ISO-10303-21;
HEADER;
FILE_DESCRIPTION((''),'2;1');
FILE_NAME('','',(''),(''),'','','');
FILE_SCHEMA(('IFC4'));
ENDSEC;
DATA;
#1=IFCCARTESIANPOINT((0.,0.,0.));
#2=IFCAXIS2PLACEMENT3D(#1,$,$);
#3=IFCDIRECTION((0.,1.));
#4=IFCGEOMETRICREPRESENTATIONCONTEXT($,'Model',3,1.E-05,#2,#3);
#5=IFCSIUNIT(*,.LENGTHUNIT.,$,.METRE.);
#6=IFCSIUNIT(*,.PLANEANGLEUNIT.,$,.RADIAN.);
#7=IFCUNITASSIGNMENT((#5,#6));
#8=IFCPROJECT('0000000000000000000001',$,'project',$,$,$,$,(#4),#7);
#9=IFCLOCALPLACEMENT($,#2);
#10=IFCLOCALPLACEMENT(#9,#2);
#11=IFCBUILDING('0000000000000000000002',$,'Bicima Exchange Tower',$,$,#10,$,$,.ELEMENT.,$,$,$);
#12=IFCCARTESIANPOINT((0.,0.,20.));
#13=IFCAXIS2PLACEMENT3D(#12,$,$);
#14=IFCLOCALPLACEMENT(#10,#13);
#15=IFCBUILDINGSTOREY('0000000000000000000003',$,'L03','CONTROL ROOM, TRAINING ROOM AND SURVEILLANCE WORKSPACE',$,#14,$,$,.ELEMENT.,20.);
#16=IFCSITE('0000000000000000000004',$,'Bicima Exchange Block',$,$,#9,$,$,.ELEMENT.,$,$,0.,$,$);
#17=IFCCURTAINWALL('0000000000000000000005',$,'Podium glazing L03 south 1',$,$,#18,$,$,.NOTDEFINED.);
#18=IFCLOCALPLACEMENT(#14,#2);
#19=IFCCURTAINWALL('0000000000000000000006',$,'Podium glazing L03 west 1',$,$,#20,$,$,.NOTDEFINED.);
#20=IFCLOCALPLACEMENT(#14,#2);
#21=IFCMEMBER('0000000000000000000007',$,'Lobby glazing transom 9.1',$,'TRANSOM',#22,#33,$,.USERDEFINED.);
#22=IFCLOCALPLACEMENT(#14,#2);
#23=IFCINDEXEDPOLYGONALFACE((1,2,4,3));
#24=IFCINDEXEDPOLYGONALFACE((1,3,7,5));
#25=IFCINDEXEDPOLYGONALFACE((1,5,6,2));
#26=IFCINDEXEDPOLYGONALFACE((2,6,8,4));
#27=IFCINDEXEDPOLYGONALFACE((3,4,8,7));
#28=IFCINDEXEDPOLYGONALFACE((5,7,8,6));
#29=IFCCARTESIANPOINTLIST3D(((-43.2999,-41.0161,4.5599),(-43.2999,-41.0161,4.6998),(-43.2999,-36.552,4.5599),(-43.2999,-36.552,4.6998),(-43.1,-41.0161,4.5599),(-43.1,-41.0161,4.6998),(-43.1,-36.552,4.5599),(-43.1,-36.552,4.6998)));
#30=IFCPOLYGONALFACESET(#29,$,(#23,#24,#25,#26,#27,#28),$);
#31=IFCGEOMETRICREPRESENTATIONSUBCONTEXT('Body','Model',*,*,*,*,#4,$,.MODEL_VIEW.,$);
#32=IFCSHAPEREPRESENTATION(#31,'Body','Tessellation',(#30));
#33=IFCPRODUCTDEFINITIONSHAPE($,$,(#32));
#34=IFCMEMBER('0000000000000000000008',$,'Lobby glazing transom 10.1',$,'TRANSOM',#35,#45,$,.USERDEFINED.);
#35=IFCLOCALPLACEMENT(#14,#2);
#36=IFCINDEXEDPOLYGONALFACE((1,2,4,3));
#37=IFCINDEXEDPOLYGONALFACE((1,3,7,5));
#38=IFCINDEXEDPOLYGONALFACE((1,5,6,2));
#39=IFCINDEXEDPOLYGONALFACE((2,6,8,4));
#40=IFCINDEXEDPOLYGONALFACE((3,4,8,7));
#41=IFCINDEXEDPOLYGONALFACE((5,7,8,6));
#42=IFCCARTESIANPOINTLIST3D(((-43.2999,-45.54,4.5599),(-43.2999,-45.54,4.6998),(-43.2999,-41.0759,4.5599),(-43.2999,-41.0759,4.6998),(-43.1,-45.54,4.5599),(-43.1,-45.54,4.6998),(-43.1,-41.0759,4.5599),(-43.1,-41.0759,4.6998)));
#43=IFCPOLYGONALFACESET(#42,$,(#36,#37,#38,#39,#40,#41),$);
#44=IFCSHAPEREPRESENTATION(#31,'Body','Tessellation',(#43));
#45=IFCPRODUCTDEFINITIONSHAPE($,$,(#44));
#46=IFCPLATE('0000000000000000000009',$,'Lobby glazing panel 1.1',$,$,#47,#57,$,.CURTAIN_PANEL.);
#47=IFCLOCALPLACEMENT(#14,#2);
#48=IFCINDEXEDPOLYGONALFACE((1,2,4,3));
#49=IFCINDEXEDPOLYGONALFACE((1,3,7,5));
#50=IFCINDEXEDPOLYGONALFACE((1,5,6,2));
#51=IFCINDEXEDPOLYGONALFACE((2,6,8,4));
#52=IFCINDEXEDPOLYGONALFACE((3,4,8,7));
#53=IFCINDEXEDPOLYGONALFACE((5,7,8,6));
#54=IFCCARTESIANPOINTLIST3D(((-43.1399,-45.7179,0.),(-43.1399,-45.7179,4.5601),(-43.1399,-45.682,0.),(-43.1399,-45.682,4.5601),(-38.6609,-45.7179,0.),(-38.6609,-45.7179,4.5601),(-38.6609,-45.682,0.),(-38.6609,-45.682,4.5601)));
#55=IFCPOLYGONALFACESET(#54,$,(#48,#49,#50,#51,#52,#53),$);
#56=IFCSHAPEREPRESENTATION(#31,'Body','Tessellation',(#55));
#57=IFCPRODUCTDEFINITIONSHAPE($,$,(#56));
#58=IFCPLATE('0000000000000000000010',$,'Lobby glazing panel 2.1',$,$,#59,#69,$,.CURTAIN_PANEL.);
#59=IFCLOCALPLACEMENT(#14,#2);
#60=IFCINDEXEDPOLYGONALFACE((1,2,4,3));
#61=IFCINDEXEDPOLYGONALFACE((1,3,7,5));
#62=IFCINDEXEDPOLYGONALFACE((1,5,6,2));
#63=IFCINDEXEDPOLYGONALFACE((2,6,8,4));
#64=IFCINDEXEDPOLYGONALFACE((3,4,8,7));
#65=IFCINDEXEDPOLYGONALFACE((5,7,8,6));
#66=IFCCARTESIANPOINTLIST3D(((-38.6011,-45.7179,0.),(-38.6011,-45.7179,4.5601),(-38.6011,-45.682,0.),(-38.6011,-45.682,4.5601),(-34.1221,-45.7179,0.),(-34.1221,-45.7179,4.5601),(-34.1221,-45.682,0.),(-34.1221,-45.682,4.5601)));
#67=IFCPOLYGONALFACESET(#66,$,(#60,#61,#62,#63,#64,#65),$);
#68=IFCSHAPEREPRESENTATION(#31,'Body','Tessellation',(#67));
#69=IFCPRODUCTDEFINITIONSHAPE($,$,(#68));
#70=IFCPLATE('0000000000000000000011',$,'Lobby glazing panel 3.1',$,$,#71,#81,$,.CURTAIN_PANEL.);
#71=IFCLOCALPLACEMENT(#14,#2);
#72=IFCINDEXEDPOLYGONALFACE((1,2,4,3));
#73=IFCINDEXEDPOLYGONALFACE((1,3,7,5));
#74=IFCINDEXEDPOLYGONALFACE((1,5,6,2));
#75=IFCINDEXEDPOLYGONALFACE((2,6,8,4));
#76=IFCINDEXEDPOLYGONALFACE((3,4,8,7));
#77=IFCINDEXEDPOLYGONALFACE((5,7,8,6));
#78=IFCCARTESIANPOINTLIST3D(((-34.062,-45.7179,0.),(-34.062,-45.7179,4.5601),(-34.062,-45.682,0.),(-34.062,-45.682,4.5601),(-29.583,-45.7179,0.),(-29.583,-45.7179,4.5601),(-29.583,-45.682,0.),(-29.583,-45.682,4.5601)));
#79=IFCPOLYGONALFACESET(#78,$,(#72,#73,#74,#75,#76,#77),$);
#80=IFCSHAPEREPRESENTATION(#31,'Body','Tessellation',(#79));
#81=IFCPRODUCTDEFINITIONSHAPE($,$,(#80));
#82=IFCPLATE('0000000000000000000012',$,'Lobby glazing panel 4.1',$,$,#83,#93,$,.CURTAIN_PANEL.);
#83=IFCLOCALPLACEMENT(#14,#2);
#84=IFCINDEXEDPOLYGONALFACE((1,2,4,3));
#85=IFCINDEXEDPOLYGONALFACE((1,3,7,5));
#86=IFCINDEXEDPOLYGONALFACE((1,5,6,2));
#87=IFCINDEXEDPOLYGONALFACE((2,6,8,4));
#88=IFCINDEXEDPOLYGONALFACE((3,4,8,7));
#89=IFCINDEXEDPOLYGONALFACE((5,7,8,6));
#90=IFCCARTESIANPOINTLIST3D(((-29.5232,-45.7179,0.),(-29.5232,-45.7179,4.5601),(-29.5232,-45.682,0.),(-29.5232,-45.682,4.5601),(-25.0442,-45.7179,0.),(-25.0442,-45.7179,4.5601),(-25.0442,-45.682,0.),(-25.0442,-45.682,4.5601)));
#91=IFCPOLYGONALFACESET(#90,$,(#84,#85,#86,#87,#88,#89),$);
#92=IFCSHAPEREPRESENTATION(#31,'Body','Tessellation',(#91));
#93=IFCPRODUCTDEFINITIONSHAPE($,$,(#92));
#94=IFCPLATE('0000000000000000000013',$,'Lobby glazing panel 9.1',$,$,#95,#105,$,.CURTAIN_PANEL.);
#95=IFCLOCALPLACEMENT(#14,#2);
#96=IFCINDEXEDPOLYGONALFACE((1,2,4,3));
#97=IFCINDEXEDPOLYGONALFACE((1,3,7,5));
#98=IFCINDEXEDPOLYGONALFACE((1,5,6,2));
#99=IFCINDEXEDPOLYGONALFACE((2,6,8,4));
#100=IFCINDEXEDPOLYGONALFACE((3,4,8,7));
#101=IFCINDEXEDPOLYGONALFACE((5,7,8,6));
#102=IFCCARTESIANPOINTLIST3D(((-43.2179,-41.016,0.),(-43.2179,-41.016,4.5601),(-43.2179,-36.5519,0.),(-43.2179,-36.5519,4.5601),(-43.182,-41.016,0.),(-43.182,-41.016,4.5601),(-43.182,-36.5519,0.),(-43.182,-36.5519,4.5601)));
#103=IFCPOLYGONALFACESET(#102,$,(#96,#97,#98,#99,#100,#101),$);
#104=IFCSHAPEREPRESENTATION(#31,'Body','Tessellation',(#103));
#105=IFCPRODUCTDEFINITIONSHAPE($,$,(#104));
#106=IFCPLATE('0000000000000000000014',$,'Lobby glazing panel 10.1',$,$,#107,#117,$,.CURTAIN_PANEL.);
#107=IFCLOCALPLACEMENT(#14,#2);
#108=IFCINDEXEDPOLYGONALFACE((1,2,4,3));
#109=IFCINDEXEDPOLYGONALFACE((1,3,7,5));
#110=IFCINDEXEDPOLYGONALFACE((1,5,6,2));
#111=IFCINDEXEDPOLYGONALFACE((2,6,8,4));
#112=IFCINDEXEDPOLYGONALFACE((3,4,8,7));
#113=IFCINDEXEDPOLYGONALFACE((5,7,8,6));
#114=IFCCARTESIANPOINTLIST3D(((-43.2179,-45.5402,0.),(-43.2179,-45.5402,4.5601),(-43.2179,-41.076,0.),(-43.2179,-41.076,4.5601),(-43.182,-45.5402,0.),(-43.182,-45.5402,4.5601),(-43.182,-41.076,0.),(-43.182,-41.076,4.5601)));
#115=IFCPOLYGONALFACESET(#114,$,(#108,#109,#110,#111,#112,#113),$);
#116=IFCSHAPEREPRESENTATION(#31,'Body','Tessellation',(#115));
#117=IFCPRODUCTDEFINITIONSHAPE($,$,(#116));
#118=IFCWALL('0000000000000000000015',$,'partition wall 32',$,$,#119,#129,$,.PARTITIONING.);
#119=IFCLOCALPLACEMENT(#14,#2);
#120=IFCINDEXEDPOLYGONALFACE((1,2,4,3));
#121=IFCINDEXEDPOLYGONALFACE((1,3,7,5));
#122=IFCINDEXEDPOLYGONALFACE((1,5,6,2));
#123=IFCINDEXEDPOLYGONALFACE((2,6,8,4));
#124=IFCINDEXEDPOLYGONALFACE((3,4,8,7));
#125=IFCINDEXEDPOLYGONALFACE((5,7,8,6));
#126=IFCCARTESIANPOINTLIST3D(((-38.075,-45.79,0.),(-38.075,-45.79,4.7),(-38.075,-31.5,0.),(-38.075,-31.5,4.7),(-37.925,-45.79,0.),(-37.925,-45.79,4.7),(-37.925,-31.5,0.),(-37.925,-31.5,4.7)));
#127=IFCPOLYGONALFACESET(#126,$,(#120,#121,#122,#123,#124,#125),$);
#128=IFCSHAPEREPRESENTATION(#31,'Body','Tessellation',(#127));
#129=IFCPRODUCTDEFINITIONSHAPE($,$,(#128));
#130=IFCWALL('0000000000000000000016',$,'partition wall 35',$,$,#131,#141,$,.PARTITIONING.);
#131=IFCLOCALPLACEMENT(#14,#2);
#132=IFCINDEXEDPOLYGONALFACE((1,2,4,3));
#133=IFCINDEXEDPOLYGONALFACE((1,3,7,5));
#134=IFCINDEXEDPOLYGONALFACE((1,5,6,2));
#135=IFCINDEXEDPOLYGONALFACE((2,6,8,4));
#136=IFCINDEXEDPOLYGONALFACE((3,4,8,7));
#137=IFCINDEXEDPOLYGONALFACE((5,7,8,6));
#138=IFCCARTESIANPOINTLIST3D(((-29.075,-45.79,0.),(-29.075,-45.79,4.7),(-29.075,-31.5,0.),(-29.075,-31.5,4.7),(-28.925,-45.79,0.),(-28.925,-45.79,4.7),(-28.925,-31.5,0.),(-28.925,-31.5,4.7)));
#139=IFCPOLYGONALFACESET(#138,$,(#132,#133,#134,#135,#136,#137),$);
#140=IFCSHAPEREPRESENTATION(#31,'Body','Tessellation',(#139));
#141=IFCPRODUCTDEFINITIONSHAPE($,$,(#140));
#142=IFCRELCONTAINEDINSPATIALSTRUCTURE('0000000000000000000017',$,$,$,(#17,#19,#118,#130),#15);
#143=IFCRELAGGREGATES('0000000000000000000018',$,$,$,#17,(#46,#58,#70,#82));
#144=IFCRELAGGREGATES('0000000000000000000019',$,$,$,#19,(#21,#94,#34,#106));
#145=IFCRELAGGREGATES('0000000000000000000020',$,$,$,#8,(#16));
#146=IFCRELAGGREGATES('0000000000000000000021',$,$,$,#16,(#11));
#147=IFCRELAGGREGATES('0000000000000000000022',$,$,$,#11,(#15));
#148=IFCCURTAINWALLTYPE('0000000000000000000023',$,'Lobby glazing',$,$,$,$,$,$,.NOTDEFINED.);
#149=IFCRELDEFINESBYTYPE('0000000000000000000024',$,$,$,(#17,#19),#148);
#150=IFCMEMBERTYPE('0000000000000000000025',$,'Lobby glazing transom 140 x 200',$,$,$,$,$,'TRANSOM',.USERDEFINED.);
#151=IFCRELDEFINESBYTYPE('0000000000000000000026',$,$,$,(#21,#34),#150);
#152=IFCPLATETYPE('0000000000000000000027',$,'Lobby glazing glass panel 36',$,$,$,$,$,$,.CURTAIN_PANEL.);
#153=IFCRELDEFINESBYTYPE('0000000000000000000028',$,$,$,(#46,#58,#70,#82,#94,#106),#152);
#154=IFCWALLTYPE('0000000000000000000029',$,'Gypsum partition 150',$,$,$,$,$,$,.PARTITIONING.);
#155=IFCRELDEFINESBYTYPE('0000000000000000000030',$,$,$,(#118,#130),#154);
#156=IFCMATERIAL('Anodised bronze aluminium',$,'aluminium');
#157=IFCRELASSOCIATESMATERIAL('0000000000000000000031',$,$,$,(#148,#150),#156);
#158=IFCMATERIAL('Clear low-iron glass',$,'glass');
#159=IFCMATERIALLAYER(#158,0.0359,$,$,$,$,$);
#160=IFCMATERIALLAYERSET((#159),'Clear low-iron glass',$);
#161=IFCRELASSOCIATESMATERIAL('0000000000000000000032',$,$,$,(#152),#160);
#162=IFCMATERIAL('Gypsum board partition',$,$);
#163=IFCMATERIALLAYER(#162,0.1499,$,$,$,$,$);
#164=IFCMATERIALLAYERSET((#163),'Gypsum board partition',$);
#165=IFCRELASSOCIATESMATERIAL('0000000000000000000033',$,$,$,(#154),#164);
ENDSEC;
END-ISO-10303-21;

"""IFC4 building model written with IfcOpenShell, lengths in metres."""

from ifc_helpers import new_model, si_unit, direction, frame, frame_2d, origin, origin_2d, place, context, subcontext, project, spatial, rectangle, extrude, material, layer, layer_set, material_profile, profile_set, type_object, element, aggregate, save


model = new_model("IFC4")

# Units and contexts
model_context = context("Model", 3, precision=1e-05, world=origin(), true_north=direction((0.0, 1.0)))
body_context = subcontext(model_context, "Body", "Model", "MODEL_VIEW")
ifc_project = project(units=[si_unit("LENGTHUNIT", "METRE"), si_unit("PLANEANGLEUNIT", "RADIAN")], contexts=[model_context])

# Site, building, storey
site_placement = place(None, origin())
site = spatial("IfcSite", under=ifc_project, at=site_placement, Name="Bicima Exchange Block", CompositionType="ELEMENT", RefElevation=0.0)
building_placement = place(site_placement, origin())
building = spatial("IfcBuilding", under=site, at=building_placement, Name="Bicima Exchange Tower", CompositionType="ELEMENT")
storey_placement = place(building_placement, frame((0.0, 0.0, 20.0)))
storey = spatial("IfcBuildingStorey", under=building, at=storey_placement, Name="L03", Description="CONTROL ROOM, TRAINING ROOM AND SURVEILLANCE WORKSPACE", CompositionType="ELEMENT", Elevation=20.0)

# Curtain walls
ifc_material_1 = material(Name="Anodised bronze aluminium", Category="aluminium")
curtain_wall_type = type_object("IfcCurtainWallType", Name="Lobby glazing", PredefinedType="NOTDEFINED", material=ifc_material_1)
curtain_wall_1_placement = place(storey_placement, origin())
curtain_wall_1 = element("IfcCurtainWall", 1, at=curtain_wall_1_placement, inside=storey, type_object=curtain_wall_type, Name="Podium glazing L03 south 1", PredefinedType="NOTDEFINED")
curtain_wall_2_placement = place(storey_placement, origin())
curtain_wall_2 = element("IfcCurtainWall", 2, at=curtain_wall_2_placement, inside=storey, type_object=curtain_wall_type, Name="Podium glazing L03 west 1", PredefinedType="NOTDEFINED")

# Members
ifc_material_profile_1 = material_profile(ifc_material_1, rectangle(XDim=0.2, YDim=0.1399, at=origin_2d()))
ifc_profile_set_1 = profile_set([ifc_material_profile_1], Name="Anodised bronze aluminium")
member_type_1 = type_object("IfcMemberType", Name="Lobby glazing transom 140 x 200", ElementType="TRANSOM", PredefinedType="USERDEFINED", material=ifc_profile_set_1)
member_1_placement = place(storey_placement, frame((-43.2, -36.552, 4.6299), z_axis=(0.0, -1.0, 0.0), x_axis=(1.0, 0.0, 0.0)))
member_1 = element("IfcMember", 3, at=member_1_placement, type_object=member_type_1, Name="Lobby glazing transom 9.1", ObjectType="TRANSOM", PredefinedType="USERDEFINED", context=body_context, shape_type="SweptSolid", body=[
    extrude(rectangle(XDim=0.2, YDim=0.1399, at=origin_2d()), origin(), (0.0, 0.0, 1.0), 4.4641),
])
member_2_placement = place(storey_placement, frame((-43.2, -41.0759, 4.6299), z_axis=(0.0, -1.0, 0.0), x_axis=(1.0, 0.0, 0.0)))
member_2 = element("IfcMember", 4, at=member_2_placement, type_object=member_type_1, Name="Lobby glazing transom 10.1", ObjectType="TRANSOM", PredefinedType="USERDEFINED", context=body_context, shape_type="SweptSolid", body=[
    extrude(rectangle(XDim=0.2, YDim=0.1399, at=origin_2d()), origin(), (0.0, 0.0, 1.0), 4.4641),
])

# Plates
ifc_material_2 = material(Name="Clear low-iron glass", Category="glass")
ifc_layer_1 = layer(ifc_material_2, 0.0359)
ifc_layer_set_1 = layer_set([ifc_layer_1], Name="Clear low-iron glass")
plate_type = type_object("IfcPlateType", Name="Lobby glazing glass panel 36", PredefinedType="CURTAIN_PANEL", material=ifc_layer_set_1)
plate_1_placement = place(storey_placement, frame((-40.9004, -45.7, 0.0), z_axis=(0.0, 0.0, 1.0), x_axis=(1.0, 0.0, 0.0)))
plate_1 = element("IfcPlate", 5, at=plate_1_placement, type_object=plate_type, Name="Lobby glazing panel 1.1", PredefinedType="CURTAIN_PANEL", context=body_context, shape_type="SweptSolid", body=[
    extrude(rectangle(XDim=4.479, YDim=0.0359, at=origin_2d()), origin(), (0.0, 0.0, 1.0), 4.5601),
])
plate_2_placement = place(storey_placement, frame((-36.3616, -45.7, 0.0), z_axis=(0.0, 0.0, 1.0), x_axis=(1.0, 0.0, 0.0)))
plate_2 = element("IfcPlate", 6, at=plate_2_placement, type_object=plate_type, Name="Lobby glazing panel 2.1", PredefinedType="CURTAIN_PANEL", context=body_context, shape_type="SweptSolid", body=[
    extrude(rectangle(XDim=4.479, YDim=0.0359, at=origin_2d()), origin(), (0.0, 0.0, 1.0), 4.5601),
])
plate_3_placement = place(storey_placement, frame((-31.8225, -45.7, 0.0), z_axis=(0.0, 0.0, 1.0), x_axis=(1.0, 0.0, 0.0)))
plate_3 = element("IfcPlate", 7, at=plate_3_placement, type_object=plate_type, Name="Lobby glazing panel 3.1", PredefinedType="CURTAIN_PANEL", context=body_context, shape_type="SweptSolid", body=[
    extrude(rectangle(XDim=4.479, YDim=0.0359, at=origin_2d()), origin(), (0.0, 0.0, 1.0), 4.5601),
])
plate_4_placement = place(storey_placement, frame((-27.2837, -45.7, 0.0), z_axis=(0.0, 0.0, 1.0), x_axis=(1.0, 0.0, 0.0)))
plate_4 = element("IfcPlate", 8, at=plate_4_placement, type_object=plate_type, Name="Lobby glazing panel 4.1", PredefinedType="CURTAIN_PANEL", context=body_context, shape_type="SweptSolid", body=[
    extrude(rectangle(XDim=4.479, YDim=0.0359, at=origin_2d()), origin(), (0.0, 0.0, 1.0), 4.5601),
])
aggregate(curtain_wall_1, [plate_1, plate_2, plate_3, plate_4])
plate_5_placement = place(storey_placement, frame((-43.2, -38.7839, 0.0), z_axis=(0.0, 0.0, 1.0), x_axis=(0.0, -1.0, 0.0)))
plate_5 = element("IfcPlate", 9, at=plate_5_placement, type_object=plate_type, Name="Lobby glazing panel 9.1", PredefinedType="CURTAIN_PANEL", context=body_context, shape_type="SweptSolid", body=[
    extrude(rectangle(XDim=4.4641, YDim=0.0359, at=origin_2d()), origin(), (0.0, 0.0, 1.0), 4.5601),
])
plate_6_placement = place(storey_placement, frame((-43.2, -43.3081, 0.0), z_axis=(0.0, 0.0, 1.0), x_axis=(0.0, -1.0, 0.0)))
plate_6 = element("IfcPlate", 10, at=plate_6_placement, type_object=plate_type, Name="Lobby glazing panel 10.1", PredefinedType="CURTAIN_PANEL", context=body_context, shape_type="SweptSolid", body=[
    extrude(rectangle(XDim=4.4641, YDim=0.0359, at=origin_2d()), origin(), (0.0, 0.0, 1.0), 4.5601),
])
aggregate(curtain_wall_2, [member_1, plate_5, member_2, plate_6])

# Walls
ifc_material_3 = material(Name="Gypsum board partition")
ifc_layer_2 = layer(ifc_material_3, 0.1499)
ifc_layer_set_2 = layer_set([ifc_layer_2], Name="Gypsum board partition")
wall_type = type_object("IfcWallType", Name="Gypsum partition 150", PredefinedType="PARTITIONING", material=ifc_layer_set_2)
for number, where, z_axis, x_axis, name in (
    (11, (-38.0, -45.79, 0.0), (0.0, 0.0, 1.0), (0.0, 1.0, 0.0), "partition wall 32"),
    (12, (-29.0, -45.79, 0.0), (0.0, 0.0, 1.0), (0.0, 1.0, 0.0), "partition wall 35"),
):
    element("IfcWall", number, at=place(storey_placement, frame(where, z_axis=z_axis, x_axis=x_axis)), inside=storey, type_object=wall_type, Name=name, PredefinedType="PARTITIONING", context=body_context, shape_type="SweptSolid", body=[
        extrude(rectangle(XDim=14.29, YDim=0.1499, at=frame_2d((7.145, 0.0))), origin(), (0.0, 0.0, 1.0), 4.7),
    ])

save(model, "model.ifc")
